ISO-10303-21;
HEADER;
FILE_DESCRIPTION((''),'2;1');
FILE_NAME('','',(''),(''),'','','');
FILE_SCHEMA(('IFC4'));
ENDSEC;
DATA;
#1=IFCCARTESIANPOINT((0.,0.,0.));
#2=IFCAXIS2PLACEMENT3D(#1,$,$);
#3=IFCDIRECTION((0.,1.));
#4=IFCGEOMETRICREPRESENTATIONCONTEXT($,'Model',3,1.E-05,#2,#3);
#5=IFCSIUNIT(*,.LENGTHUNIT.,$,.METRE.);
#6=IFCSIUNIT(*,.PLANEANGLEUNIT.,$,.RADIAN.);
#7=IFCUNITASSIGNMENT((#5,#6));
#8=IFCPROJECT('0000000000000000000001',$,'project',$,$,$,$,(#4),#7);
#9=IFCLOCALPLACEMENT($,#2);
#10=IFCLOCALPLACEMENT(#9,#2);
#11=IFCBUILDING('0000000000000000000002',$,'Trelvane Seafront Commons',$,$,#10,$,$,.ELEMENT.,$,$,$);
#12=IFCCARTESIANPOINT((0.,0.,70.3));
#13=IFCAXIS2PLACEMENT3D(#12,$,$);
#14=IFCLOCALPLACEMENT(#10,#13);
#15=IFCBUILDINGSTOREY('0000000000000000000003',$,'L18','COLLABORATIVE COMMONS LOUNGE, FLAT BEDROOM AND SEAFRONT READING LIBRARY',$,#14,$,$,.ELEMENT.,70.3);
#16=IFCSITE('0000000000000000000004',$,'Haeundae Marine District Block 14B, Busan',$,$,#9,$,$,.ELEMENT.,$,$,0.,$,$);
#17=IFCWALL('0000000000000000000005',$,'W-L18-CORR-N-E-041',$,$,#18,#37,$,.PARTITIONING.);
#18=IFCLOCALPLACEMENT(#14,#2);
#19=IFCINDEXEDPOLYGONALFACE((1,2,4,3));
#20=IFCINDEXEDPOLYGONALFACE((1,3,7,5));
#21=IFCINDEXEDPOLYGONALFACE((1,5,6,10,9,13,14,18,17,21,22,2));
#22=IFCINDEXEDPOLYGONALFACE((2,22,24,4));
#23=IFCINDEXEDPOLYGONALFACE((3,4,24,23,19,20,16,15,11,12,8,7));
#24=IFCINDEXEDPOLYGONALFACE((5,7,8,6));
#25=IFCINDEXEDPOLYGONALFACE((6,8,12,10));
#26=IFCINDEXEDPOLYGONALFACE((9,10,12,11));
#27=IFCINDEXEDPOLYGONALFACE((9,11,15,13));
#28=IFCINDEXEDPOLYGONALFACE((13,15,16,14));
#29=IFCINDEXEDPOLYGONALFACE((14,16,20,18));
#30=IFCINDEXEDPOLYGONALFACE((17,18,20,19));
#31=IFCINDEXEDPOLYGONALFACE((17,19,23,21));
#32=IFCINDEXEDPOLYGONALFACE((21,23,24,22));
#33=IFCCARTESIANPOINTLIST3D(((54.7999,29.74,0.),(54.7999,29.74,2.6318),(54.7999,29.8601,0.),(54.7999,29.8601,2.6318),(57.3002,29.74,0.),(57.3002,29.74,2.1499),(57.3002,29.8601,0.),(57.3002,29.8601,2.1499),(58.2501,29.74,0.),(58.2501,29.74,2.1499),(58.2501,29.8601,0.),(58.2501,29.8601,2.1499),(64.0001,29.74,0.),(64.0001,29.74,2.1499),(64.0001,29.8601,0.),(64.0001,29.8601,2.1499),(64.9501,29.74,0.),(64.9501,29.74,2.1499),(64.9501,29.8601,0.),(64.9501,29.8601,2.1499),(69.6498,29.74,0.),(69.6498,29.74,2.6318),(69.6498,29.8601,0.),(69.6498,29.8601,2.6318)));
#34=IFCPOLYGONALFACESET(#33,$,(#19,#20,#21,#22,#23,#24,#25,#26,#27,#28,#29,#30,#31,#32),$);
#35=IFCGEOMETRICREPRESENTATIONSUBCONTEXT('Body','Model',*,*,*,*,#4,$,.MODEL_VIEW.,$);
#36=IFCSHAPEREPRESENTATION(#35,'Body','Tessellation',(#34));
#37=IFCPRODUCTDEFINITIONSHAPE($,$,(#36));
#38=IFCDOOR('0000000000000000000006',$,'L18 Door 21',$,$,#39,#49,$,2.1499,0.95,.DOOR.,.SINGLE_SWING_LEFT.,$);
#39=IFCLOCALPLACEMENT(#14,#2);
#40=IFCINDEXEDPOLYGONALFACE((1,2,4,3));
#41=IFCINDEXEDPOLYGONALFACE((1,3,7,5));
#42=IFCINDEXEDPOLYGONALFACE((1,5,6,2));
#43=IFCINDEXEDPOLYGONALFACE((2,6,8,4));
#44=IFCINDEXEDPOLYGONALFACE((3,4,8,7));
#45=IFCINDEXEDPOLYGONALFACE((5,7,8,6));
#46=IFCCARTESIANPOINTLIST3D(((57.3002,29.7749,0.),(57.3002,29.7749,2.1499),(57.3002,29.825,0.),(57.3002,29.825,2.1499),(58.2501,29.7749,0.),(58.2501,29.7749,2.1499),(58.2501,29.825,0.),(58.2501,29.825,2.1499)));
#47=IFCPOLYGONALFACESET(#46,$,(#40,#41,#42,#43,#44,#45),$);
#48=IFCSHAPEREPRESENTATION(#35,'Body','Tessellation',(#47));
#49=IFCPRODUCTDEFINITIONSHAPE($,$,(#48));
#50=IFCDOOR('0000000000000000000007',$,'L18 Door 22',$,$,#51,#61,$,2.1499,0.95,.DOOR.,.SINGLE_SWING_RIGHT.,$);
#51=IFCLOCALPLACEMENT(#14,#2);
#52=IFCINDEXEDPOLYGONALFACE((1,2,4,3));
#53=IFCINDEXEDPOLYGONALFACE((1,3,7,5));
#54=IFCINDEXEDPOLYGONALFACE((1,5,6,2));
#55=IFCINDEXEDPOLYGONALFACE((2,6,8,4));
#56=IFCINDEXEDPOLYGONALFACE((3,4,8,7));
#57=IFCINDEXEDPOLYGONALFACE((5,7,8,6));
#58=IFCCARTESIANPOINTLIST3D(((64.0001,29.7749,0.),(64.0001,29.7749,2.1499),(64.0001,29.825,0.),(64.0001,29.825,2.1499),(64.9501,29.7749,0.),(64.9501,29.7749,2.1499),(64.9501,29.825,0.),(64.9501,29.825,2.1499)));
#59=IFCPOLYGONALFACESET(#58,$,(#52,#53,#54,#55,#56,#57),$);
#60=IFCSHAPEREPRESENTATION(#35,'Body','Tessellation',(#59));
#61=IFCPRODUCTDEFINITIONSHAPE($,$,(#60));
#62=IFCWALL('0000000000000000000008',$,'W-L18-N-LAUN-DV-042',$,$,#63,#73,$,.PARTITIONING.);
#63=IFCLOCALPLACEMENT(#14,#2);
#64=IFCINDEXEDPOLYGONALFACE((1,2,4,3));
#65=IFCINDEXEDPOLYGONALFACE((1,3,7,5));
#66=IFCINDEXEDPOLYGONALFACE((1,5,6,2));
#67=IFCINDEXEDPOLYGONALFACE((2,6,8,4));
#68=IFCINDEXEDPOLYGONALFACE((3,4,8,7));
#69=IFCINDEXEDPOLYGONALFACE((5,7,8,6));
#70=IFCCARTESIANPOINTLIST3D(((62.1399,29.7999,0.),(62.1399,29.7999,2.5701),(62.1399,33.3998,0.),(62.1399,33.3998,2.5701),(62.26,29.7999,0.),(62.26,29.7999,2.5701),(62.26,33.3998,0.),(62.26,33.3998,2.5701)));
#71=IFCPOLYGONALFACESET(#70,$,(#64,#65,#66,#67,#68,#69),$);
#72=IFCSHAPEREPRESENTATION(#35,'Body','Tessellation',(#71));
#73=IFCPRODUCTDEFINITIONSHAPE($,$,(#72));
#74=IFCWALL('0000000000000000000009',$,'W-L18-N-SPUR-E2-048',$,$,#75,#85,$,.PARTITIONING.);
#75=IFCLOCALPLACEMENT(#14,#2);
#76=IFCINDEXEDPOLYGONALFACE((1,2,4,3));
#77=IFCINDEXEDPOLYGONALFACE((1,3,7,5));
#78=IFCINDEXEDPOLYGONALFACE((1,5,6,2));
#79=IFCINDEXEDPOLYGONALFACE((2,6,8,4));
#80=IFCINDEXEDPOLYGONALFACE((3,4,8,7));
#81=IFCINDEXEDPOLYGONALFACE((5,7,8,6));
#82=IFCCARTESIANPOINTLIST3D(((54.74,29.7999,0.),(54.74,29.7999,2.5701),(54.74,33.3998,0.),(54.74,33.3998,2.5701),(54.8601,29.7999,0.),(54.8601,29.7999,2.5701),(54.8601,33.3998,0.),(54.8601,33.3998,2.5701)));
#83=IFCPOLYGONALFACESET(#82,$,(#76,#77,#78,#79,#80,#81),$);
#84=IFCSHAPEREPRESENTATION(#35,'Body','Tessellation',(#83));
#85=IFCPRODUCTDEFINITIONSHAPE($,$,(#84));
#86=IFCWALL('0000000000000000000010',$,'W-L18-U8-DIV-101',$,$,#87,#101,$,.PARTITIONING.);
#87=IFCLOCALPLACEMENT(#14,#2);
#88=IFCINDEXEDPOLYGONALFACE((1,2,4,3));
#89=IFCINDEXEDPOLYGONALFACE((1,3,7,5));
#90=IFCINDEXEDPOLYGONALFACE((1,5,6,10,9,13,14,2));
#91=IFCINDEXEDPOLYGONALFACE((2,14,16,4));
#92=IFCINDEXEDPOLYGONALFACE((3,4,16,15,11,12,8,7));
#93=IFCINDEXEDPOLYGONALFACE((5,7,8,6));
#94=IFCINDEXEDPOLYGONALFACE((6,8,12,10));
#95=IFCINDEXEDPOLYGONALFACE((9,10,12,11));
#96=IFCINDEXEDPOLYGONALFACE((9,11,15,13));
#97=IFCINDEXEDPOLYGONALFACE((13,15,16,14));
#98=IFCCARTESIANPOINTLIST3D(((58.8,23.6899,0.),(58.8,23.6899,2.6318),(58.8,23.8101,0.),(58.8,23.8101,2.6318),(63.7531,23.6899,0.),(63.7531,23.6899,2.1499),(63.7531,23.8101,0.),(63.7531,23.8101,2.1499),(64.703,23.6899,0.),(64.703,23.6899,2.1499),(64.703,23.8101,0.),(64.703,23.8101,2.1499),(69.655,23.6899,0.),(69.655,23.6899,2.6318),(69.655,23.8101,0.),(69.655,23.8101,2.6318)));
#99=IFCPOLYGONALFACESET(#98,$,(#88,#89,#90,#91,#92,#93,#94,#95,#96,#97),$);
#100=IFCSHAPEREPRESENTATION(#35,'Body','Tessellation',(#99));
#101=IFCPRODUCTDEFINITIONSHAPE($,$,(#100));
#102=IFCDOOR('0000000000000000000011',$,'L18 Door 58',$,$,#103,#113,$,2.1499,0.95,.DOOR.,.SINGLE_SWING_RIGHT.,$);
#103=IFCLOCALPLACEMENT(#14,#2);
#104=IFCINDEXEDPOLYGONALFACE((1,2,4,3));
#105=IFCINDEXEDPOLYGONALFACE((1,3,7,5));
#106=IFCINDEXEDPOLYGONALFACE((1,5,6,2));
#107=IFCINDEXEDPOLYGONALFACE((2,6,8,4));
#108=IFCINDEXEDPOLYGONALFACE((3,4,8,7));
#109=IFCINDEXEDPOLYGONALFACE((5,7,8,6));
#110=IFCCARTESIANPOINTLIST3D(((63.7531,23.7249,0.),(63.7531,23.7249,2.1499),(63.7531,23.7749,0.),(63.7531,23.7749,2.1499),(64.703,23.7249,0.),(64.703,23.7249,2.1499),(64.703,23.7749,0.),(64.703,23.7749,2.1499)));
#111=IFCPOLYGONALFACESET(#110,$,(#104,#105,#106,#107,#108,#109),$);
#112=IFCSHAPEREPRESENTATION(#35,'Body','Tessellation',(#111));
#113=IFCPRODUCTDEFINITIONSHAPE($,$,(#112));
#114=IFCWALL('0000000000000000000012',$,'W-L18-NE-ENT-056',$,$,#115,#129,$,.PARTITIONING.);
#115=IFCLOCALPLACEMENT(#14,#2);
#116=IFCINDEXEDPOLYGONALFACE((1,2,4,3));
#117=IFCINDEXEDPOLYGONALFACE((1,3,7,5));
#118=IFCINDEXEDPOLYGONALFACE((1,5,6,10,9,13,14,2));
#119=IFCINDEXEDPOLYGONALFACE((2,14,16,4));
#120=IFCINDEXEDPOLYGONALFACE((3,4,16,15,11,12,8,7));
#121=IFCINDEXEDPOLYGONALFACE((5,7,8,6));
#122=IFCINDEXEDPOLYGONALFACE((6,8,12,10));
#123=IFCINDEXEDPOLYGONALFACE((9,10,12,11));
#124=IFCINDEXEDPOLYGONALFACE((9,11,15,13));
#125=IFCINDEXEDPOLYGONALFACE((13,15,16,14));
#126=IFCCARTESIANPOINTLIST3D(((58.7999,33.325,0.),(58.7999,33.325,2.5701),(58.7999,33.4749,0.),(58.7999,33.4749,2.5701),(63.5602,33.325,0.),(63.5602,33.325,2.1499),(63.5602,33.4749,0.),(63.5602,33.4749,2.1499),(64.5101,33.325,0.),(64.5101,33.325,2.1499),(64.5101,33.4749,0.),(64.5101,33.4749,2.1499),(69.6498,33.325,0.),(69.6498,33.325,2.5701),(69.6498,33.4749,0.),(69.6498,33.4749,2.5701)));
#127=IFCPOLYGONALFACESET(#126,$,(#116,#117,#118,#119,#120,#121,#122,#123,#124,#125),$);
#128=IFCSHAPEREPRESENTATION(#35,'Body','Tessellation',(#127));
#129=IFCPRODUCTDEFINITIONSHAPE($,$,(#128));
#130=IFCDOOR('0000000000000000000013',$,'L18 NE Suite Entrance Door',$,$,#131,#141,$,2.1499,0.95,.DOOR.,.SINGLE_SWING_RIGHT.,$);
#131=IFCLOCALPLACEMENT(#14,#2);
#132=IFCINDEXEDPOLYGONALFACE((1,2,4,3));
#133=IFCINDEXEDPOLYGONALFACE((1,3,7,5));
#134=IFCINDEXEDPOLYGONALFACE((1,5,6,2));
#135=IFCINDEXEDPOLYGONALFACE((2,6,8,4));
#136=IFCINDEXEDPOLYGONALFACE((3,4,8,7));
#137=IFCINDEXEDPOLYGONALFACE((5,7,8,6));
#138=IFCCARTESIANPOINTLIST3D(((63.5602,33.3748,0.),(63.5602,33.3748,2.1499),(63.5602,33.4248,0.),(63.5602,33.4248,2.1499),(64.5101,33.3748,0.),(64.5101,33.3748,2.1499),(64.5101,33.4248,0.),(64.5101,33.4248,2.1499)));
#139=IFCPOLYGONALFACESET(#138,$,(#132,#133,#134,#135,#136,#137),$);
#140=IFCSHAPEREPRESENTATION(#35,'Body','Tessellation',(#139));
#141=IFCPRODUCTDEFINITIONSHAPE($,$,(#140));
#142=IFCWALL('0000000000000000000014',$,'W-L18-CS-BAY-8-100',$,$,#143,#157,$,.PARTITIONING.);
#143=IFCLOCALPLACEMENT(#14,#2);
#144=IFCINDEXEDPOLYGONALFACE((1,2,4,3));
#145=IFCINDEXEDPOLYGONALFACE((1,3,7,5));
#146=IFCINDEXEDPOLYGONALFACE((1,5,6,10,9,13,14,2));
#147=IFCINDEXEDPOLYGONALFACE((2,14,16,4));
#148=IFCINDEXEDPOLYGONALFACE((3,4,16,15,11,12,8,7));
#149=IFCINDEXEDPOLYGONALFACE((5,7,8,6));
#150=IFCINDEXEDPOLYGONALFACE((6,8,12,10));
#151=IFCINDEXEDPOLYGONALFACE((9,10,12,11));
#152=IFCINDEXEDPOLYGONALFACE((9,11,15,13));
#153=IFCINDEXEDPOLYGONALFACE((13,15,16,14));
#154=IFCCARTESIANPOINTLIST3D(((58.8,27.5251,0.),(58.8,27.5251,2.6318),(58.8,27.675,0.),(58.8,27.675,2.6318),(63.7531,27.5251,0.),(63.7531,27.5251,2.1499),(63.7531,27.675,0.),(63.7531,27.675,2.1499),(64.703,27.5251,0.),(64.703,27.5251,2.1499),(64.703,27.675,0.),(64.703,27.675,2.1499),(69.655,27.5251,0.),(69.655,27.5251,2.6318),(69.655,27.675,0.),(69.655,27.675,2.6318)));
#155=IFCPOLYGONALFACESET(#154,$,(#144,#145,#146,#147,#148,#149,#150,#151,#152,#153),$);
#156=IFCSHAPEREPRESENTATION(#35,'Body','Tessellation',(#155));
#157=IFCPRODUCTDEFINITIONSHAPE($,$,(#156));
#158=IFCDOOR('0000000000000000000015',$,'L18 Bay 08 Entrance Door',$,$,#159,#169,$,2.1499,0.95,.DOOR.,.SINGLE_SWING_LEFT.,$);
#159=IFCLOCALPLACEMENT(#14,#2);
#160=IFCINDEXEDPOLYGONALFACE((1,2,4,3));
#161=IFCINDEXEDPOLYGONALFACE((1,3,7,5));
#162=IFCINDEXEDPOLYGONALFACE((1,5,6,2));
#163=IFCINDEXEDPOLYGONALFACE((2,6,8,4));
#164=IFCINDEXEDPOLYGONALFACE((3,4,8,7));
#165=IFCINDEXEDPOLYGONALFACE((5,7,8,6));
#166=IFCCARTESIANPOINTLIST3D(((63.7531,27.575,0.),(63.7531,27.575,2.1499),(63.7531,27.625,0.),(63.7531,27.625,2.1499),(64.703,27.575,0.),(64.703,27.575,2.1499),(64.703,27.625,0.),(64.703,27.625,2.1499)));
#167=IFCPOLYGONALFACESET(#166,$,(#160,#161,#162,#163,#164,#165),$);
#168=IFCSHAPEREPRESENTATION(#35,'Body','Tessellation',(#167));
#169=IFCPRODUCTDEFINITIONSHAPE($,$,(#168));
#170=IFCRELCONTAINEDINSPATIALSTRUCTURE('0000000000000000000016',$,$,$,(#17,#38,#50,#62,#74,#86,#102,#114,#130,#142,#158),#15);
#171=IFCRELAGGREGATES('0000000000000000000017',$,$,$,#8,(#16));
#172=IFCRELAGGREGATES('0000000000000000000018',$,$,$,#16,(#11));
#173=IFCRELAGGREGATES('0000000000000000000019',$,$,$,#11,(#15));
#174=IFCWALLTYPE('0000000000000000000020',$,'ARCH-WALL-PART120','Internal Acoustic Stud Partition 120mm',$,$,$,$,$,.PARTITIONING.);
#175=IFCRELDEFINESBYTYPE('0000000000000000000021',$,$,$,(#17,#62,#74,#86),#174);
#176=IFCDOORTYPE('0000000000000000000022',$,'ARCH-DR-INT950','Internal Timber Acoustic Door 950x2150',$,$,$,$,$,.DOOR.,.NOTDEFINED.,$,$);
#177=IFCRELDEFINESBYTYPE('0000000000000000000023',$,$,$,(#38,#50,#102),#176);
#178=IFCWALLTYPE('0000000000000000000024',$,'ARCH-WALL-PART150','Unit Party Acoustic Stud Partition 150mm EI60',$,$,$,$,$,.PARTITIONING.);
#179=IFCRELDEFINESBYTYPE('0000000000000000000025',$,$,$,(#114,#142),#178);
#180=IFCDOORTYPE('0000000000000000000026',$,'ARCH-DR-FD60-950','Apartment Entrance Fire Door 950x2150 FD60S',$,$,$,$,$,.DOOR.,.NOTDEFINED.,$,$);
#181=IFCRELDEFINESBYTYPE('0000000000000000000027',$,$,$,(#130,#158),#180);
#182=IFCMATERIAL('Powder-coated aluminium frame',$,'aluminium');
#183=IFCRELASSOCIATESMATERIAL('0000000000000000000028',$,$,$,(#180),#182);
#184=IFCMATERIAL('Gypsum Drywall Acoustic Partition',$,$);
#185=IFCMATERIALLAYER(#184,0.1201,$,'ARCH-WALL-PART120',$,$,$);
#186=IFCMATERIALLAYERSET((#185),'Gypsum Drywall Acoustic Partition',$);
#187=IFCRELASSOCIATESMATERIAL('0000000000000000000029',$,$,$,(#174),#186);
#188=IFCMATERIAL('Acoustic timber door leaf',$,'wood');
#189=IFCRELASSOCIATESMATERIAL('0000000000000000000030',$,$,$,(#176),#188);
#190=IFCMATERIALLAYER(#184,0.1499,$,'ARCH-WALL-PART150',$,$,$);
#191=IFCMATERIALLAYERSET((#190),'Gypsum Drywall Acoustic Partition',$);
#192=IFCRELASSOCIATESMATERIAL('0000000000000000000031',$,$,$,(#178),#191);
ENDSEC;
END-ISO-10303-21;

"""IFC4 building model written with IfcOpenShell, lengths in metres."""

from ifc_helpers import new_model, si_unit, direction, frame, frame_2d, origin, place, context, subcontext, project, spatial, rectangle, extrude, source, transform, mapped, material, layer, layer_set, type_object, element, fill, save


model = new_model("IFC4")

# Units and contexts
model_context = context("Model", 3, precision=1e-05, world=origin(), true_north=direction((0.0, 1.0)))
body_context = subcontext(model_context, "Body", "Model", "MODEL_VIEW")
ifc_project = project(units=[si_unit("LENGTHUNIT", "METRE"), si_unit("PLANEANGLEUNIT", "RADIAN")], contexts=[model_context])

# Site, building, storey
site_placement = place(None, origin())
site = spatial("IfcSite", under=ifc_project, at=site_placement, Name="Haeundae Marine District Block 14B, Busan", CompositionType="ELEMENT", RefElevation=0.0)
building_placement = place(site_placement, origin())
building = spatial("IfcBuilding", under=site, at=building_placement, Name="Trelvane Seafront Commons", CompositionType="ELEMENT")
storey_placement = place(building_placement, frame((0.0, 0.0, 70.3)))
storey = spatial("IfcBuildingStorey", under=building, at=storey_placement, Name="L18", Description="COLLABORATIVE COMMONS LOUNGE, FLAT BEDROOM AND SEAFRONT READING LIBRARY", CompositionType="ELEMENT", Elevation=70.3)

# Shared definitions
ifc_material_1 = material(Name="Powder-coated aluminium frame", Category="aluminium")
door_type_1 = type_object("IfcDoorType", Name="ARCH-DR-FD60-950", Description="Apartment Entrance Fire Door 950x2150 FD60S", OperationType="NOTDEFINED", PredefinedType="DOOR", material=ifc_material_1)
shared_shape_1 = source(origin(), body_context, "Body", "SweptSolid", [
    extrude(rectangle(XDim=0.95, YDim=2.1499, at=frame_2d((0.4751, 1.075))), frame((0.0, 0.0249, 0.0), z_axis=(0.0, -1.0, 0.0), x_axis=(1.0, 0.0, 0.0)), (0.0, 0.0, 1.0), 0.05),
])

# Wall, openings, doors
ifc_material_2 = material(Name="Gypsum Drywall Acoustic Partition")
ifc_layer_1 = layer(ifc_material_2, 0.1201, Name="ARCH-WALL-PART120")
ifc_layer_set_1 = layer_set([ifc_layer_1], Name="Gypsum Drywall Acoustic Partition")
wall_type_1 = type_object("IfcWallType", Name="ARCH-WALL-PART120", Description="Internal Acoustic Stud Partition 120mm", PredefinedType="PARTITIONING", material=ifc_layer_set_1)
wall_1_placement = place(storey_placement, frame((54.8, 29.8, 0.0), z_axis=(0.0, 0.0, 1.0), x_axis=(1.0, 0.0, 0.0)))
wall_1 = element("IfcWall", 1, at=wall_1_placement, inside=storey, type_object=wall_type_1, Name="W-L18-CORR-N-E-041", PredefinedType="PARTITIONING", context=body_context, shape_type="SweptSolid", body=[
    extrude(rectangle(XDim=14.8499, YDim=0.1201, at=frame_2d((7.4248, 0.0))), origin(), (0.0, 0.0, 1.0), 2.6318),
])
opening_1_placement = place(wall_1_placement, frame((2.5, 0.0, 0.0)))
opening_1 = element("IfcOpeningElement", 2, at=opening_1_placement, cuts=wall_1, PredefinedType="OPENING", context=body_context, shape_type="SweptSolid", body=[
    extrude(rectangle(XDim=0.95, YDim=2.1499, at=frame_2d((0.4751, 1.075))), frame((0.0, 0.0701, 0.0), z_axis=(0.0, -1.0, 0.0), x_axis=(1.0, 0.0, 0.0)), (0.0, 0.0, 1.0), 0.1401),
])
opening_2_placement = place(wall_1_placement, frame((9.2, 0.0, 0.0)))
opening_2 = element("IfcOpeningElement", 3, at=opening_2_placement, cuts=wall_1, PredefinedType="OPENING", context=body_context, shape_type="SweptSolid", body=[
    extrude(rectangle(XDim=0.95, YDim=2.1499, at=frame_2d((0.4751, 1.075))), frame((0.0, 0.0701, 0.0), z_axis=(0.0, -1.0, 0.0), x_axis=(1.0, 0.0, 0.0)), (0.0, 0.0, 1.0), 0.1401),
])
ifc_material_3 = material(Name="Acoustic timber door leaf", Category="wood")
door_type_2 = type_object("IfcDoorType", Name="ARCH-DR-INT950", Description="Internal Timber Acoustic Door 950x2150", OperationType="NOTDEFINED", PredefinedType="DOOR", material=ifc_material_3)
door_1_placement = place(opening_1_placement, origin())
door_1 = element("IfcDoor", 4, at=door_1_placement, inside=storey, type_object=door_type_2, Name="L18 Door 21", OperationType="SINGLE_SWING_LEFT", OverallHeight=2.1499, OverallWidth=0.95, PredefinedType="DOOR", context=body_context, shape_type="MappedRepresentation", body=[
    mapped(shared_shape_1, transform((0.0, 0.0, 0.0), x_axis=(1.0, 0.0, 0.0), y_axis=(0.0, 1.0, 0.0), z_axis=(0.0, 0.0, 1.0), scale=1.0)),
])
fill(opening_1, door_1)
door_2_placement = place(opening_2_placement, origin())
door_2 = element("IfcDoor", 5, at=door_2_placement, inside=storey, type_object=door_type_2, Name="L18 Door 22", OperationType="SINGLE_SWING_RIGHT", OverallHeight=2.1499, OverallWidth=0.95, PredefinedType="DOOR", context=body_context, shape_type="MappedRepresentation", body=[
    mapped(shared_shape_1, transform((0.0, 0.0, 0.0), x_axis=(1.0, 0.0, 0.0), y_axis=(0.0, 1.0, 0.0), z_axis=(0.0, 0.0, 1.0), scale=1.0)),
])
fill(opening_2, door_2)

# Walls
for number, where, z_axis, x_axis, name in (
    (6, (62.2, 29.8, 0.0), (0.0, 0.0, 1.0), (0.0, 1.0, 0.0), "W-L18-N-LAUN-DV-042"),
    (7, (54.8, 29.8, 0.0), (0.0, 0.0, 1.0), (0.0, 1.0, 0.0), "W-L18-N-SPUR-E2-048"),
):
    element("IfcWall", number, at=place(storey_placement, frame(where, z_axis=z_axis, x_axis=x_axis)), inside=storey, type_object=wall_type_1, Name=name, PredefinedType="PARTITIONING", context=body_context, shape_type="SweptSolid", body=[
        extrude(rectangle(XDim=3.5999, YDim=0.1201, at=frame_2d((1.7998, 0.0))), origin(), (0.0, 0.0, 1.0), 2.5701),
    ])

# Walls, openings, doors
wall_2_placement = place(storey_placement, frame((58.8, 23.75, 0.0), z_axis=(0.0, 0.0, 1.0), x_axis=(1.0, 0.0, 0.0)))
wall_2 = element("IfcWall", 8, at=wall_2_placement, inside=storey, type_object=wall_type_1, Name="W-L18-U8-DIV-101", PredefinedType="PARTITIONING", context=body_context, shape_type="SweptSolid", body=[
    extrude(rectangle(XDim=10.855, YDim=0.1201, at=frame_2d((5.4275, 0.0))), origin(), (0.0, 0.0, 1.0), 2.6318),
])
opening_3_placement = place(wall_2_placement, frame((4.9529, 0.0, 0.0)))
opening_3 = element("IfcOpeningElement", 9, at=opening_3_placement, cuts=wall_2, PredefinedType="OPENING", context=body_context, shape_type="SweptSolid", body=[
    extrude(rectangle(XDim=0.95, YDim=2.1499, at=frame_2d((0.4751, 1.075))), frame((0.0, 0.0701, 0.0), z_axis=(0.0, -1.0, 0.0), x_axis=(1.0, 0.0, 0.0)), (0.0, 0.0, 1.0), 0.1401),
])
door_3_placement = place(opening_3_placement, origin())
door_3 = element("IfcDoor", 10, at=door_3_placement, inside=storey, type_object=door_type_2, Name="L18 Door 58", OperationType="SINGLE_SWING_RIGHT", OverallHeight=2.1499, OverallWidth=0.95, PredefinedType="DOOR", context=body_context, shape_type="MappedRepresentation", body=[
    mapped(shared_shape_1, transform((0.0, 0.0, 0.0), x_axis=(1.0, 0.0, 0.0), y_axis=(0.0, 1.0, 0.0), z_axis=(0.0, 0.0, 1.0), scale=1.0)),
])
fill(opening_3, door_3)
ifc_layer_2 = layer(ifc_material_2, 0.1499, Name="ARCH-WALL-PART150")
ifc_layer_set_2 = layer_set([ifc_layer_2], Name="Gypsum Drywall Acoustic Partition")
wall_type_2 = type_object("IfcWallType", Name="ARCH-WALL-PART150", Description="Unit Party Acoustic Stud Partition 150mm EI60", PredefinedType="PARTITIONING", material=ifc_layer_set_2)
wall_3_placement = place(storey_placement, frame((58.8, 33.3999, 0.0), z_axis=(0.0, 0.0, 1.0), x_axis=(1.0, 0.0, 0.0)))
wall_3 = element("IfcWall", 11, at=wall_3_placement, inside=storey, type_object=wall_type_2, Name="W-L18-NE-ENT-056", PredefinedType="PARTITIONING", context=body_context, shape_type="SweptSolid", body=[
    extrude(rectangle(XDim=10.8499, YDim=0.1499, at=frame_2d((5.4248, 0.0))), origin(), (0.0, 0.0, 1.0), 2.5701),
])
opening_4_placement = place(wall_3_placement, frame((4.76, 0.0, 0.0)))
opening_4 = element("IfcOpeningElement", 12, at=opening_4_placement, cuts=wall_3, PredefinedType="OPENING", context=body_context, shape_type="SweptSolid", body=[
    extrude(rectangle(XDim=0.95, YDim=2.1499, at=frame_2d((0.4751, 1.075))), frame((0.0, 0.085, 0.0), z_axis=(0.0, -1.0, 0.0), x_axis=(1.0, 0.0, 0.0)), (0.0, 0.0, 1.0), 0.1699),
])
door_4_placement = place(opening_4_placement, origin())
door_4 = element("IfcDoor", 13, at=door_4_placement, inside=storey, type_object=door_type_1, Name="L18 NE Suite Entrance Door", OperationType="SINGLE_SWING_RIGHT", OverallHeight=2.1499, OverallWidth=0.95, PredefinedType="DOOR", context=body_context, shape_type="MappedRepresentation", body=[
    mapped(shared_shape_1, transform((0.0, 0.0, 0.0), x_axis=(1.0, 0.0, 0.0), y_axis=(0.0, 1.0, 0.0), z_axis=(0.0, 0.0, 1.0), scale=1.0)),
])
fill(opening_4, door_4)
wall_4_placement = place(storey_placement, frame((58.8, 27.6001, 0.0), z_axis=(0.0, 0.0, 1.0), x_axis=(1.0, 0.0, 0.0)))
wall_4 = element("IfcWall", 14, at=wall_4_placement, inside=storey, type_object=wall_type_2, Name="W-L18-CS-BAY-8-100", PredefinedType="PARTITIONING", context=body_context, shape_type="SweptSolid", body=[
    extrude(rectangle(XDim=10.855, YDim=0.1499, at=frame_2d((5.4275, 0.0))), origin(), (0.0, 0.0, 1.0), 2.6318),
])
opening_5_placement = place(wall_4_placement, frame((4.9529, 0.0, 0.0)))
opening_5 = element("IfcOpeningElement", 15, at=opening_5_placement, cuts=wall_4, PredefinedType="OPENING", context=body_context, shape_type="SweptSolid", body=[
    extrude(rectangle(XDim=0.95, YDim=2.1499, at=frame_2d((0.4751, 1.075))), frame((0.0, 0.085, 0.0), z_axis=(0.0, -1.0, 0.0), x_axis=(1.0, 0.0, 0.0)), (0.0, 0.0, 1.0), 0.1699),
])
door_5_placement = place(opening_5_placement, origin())
door_5 = element("IfcDoor", 16, at=door_5_placement, inside=storey, type_object=door_type_1, Name="L18 Bay 08 Entrance Door", OperationType="SINGLE_SWING_LEFT", OverallHeight=2.1499, OverallWidth=0.95, PredefinedType="DOOR", context=body_context, shape_type="MappedRepresentation", body=[
    mapped(shared_shape_1, transform((0.0, 0.0, 0.0), x_axis=(1.0, 0.0, 0.0), y_axis=(0.0, 1.0, 0.0), z_axis=(0.0, 0.0, 1.0), scale=1.0)),
])
fill(opening_5, door_5)

save(model, "model.ifc")
